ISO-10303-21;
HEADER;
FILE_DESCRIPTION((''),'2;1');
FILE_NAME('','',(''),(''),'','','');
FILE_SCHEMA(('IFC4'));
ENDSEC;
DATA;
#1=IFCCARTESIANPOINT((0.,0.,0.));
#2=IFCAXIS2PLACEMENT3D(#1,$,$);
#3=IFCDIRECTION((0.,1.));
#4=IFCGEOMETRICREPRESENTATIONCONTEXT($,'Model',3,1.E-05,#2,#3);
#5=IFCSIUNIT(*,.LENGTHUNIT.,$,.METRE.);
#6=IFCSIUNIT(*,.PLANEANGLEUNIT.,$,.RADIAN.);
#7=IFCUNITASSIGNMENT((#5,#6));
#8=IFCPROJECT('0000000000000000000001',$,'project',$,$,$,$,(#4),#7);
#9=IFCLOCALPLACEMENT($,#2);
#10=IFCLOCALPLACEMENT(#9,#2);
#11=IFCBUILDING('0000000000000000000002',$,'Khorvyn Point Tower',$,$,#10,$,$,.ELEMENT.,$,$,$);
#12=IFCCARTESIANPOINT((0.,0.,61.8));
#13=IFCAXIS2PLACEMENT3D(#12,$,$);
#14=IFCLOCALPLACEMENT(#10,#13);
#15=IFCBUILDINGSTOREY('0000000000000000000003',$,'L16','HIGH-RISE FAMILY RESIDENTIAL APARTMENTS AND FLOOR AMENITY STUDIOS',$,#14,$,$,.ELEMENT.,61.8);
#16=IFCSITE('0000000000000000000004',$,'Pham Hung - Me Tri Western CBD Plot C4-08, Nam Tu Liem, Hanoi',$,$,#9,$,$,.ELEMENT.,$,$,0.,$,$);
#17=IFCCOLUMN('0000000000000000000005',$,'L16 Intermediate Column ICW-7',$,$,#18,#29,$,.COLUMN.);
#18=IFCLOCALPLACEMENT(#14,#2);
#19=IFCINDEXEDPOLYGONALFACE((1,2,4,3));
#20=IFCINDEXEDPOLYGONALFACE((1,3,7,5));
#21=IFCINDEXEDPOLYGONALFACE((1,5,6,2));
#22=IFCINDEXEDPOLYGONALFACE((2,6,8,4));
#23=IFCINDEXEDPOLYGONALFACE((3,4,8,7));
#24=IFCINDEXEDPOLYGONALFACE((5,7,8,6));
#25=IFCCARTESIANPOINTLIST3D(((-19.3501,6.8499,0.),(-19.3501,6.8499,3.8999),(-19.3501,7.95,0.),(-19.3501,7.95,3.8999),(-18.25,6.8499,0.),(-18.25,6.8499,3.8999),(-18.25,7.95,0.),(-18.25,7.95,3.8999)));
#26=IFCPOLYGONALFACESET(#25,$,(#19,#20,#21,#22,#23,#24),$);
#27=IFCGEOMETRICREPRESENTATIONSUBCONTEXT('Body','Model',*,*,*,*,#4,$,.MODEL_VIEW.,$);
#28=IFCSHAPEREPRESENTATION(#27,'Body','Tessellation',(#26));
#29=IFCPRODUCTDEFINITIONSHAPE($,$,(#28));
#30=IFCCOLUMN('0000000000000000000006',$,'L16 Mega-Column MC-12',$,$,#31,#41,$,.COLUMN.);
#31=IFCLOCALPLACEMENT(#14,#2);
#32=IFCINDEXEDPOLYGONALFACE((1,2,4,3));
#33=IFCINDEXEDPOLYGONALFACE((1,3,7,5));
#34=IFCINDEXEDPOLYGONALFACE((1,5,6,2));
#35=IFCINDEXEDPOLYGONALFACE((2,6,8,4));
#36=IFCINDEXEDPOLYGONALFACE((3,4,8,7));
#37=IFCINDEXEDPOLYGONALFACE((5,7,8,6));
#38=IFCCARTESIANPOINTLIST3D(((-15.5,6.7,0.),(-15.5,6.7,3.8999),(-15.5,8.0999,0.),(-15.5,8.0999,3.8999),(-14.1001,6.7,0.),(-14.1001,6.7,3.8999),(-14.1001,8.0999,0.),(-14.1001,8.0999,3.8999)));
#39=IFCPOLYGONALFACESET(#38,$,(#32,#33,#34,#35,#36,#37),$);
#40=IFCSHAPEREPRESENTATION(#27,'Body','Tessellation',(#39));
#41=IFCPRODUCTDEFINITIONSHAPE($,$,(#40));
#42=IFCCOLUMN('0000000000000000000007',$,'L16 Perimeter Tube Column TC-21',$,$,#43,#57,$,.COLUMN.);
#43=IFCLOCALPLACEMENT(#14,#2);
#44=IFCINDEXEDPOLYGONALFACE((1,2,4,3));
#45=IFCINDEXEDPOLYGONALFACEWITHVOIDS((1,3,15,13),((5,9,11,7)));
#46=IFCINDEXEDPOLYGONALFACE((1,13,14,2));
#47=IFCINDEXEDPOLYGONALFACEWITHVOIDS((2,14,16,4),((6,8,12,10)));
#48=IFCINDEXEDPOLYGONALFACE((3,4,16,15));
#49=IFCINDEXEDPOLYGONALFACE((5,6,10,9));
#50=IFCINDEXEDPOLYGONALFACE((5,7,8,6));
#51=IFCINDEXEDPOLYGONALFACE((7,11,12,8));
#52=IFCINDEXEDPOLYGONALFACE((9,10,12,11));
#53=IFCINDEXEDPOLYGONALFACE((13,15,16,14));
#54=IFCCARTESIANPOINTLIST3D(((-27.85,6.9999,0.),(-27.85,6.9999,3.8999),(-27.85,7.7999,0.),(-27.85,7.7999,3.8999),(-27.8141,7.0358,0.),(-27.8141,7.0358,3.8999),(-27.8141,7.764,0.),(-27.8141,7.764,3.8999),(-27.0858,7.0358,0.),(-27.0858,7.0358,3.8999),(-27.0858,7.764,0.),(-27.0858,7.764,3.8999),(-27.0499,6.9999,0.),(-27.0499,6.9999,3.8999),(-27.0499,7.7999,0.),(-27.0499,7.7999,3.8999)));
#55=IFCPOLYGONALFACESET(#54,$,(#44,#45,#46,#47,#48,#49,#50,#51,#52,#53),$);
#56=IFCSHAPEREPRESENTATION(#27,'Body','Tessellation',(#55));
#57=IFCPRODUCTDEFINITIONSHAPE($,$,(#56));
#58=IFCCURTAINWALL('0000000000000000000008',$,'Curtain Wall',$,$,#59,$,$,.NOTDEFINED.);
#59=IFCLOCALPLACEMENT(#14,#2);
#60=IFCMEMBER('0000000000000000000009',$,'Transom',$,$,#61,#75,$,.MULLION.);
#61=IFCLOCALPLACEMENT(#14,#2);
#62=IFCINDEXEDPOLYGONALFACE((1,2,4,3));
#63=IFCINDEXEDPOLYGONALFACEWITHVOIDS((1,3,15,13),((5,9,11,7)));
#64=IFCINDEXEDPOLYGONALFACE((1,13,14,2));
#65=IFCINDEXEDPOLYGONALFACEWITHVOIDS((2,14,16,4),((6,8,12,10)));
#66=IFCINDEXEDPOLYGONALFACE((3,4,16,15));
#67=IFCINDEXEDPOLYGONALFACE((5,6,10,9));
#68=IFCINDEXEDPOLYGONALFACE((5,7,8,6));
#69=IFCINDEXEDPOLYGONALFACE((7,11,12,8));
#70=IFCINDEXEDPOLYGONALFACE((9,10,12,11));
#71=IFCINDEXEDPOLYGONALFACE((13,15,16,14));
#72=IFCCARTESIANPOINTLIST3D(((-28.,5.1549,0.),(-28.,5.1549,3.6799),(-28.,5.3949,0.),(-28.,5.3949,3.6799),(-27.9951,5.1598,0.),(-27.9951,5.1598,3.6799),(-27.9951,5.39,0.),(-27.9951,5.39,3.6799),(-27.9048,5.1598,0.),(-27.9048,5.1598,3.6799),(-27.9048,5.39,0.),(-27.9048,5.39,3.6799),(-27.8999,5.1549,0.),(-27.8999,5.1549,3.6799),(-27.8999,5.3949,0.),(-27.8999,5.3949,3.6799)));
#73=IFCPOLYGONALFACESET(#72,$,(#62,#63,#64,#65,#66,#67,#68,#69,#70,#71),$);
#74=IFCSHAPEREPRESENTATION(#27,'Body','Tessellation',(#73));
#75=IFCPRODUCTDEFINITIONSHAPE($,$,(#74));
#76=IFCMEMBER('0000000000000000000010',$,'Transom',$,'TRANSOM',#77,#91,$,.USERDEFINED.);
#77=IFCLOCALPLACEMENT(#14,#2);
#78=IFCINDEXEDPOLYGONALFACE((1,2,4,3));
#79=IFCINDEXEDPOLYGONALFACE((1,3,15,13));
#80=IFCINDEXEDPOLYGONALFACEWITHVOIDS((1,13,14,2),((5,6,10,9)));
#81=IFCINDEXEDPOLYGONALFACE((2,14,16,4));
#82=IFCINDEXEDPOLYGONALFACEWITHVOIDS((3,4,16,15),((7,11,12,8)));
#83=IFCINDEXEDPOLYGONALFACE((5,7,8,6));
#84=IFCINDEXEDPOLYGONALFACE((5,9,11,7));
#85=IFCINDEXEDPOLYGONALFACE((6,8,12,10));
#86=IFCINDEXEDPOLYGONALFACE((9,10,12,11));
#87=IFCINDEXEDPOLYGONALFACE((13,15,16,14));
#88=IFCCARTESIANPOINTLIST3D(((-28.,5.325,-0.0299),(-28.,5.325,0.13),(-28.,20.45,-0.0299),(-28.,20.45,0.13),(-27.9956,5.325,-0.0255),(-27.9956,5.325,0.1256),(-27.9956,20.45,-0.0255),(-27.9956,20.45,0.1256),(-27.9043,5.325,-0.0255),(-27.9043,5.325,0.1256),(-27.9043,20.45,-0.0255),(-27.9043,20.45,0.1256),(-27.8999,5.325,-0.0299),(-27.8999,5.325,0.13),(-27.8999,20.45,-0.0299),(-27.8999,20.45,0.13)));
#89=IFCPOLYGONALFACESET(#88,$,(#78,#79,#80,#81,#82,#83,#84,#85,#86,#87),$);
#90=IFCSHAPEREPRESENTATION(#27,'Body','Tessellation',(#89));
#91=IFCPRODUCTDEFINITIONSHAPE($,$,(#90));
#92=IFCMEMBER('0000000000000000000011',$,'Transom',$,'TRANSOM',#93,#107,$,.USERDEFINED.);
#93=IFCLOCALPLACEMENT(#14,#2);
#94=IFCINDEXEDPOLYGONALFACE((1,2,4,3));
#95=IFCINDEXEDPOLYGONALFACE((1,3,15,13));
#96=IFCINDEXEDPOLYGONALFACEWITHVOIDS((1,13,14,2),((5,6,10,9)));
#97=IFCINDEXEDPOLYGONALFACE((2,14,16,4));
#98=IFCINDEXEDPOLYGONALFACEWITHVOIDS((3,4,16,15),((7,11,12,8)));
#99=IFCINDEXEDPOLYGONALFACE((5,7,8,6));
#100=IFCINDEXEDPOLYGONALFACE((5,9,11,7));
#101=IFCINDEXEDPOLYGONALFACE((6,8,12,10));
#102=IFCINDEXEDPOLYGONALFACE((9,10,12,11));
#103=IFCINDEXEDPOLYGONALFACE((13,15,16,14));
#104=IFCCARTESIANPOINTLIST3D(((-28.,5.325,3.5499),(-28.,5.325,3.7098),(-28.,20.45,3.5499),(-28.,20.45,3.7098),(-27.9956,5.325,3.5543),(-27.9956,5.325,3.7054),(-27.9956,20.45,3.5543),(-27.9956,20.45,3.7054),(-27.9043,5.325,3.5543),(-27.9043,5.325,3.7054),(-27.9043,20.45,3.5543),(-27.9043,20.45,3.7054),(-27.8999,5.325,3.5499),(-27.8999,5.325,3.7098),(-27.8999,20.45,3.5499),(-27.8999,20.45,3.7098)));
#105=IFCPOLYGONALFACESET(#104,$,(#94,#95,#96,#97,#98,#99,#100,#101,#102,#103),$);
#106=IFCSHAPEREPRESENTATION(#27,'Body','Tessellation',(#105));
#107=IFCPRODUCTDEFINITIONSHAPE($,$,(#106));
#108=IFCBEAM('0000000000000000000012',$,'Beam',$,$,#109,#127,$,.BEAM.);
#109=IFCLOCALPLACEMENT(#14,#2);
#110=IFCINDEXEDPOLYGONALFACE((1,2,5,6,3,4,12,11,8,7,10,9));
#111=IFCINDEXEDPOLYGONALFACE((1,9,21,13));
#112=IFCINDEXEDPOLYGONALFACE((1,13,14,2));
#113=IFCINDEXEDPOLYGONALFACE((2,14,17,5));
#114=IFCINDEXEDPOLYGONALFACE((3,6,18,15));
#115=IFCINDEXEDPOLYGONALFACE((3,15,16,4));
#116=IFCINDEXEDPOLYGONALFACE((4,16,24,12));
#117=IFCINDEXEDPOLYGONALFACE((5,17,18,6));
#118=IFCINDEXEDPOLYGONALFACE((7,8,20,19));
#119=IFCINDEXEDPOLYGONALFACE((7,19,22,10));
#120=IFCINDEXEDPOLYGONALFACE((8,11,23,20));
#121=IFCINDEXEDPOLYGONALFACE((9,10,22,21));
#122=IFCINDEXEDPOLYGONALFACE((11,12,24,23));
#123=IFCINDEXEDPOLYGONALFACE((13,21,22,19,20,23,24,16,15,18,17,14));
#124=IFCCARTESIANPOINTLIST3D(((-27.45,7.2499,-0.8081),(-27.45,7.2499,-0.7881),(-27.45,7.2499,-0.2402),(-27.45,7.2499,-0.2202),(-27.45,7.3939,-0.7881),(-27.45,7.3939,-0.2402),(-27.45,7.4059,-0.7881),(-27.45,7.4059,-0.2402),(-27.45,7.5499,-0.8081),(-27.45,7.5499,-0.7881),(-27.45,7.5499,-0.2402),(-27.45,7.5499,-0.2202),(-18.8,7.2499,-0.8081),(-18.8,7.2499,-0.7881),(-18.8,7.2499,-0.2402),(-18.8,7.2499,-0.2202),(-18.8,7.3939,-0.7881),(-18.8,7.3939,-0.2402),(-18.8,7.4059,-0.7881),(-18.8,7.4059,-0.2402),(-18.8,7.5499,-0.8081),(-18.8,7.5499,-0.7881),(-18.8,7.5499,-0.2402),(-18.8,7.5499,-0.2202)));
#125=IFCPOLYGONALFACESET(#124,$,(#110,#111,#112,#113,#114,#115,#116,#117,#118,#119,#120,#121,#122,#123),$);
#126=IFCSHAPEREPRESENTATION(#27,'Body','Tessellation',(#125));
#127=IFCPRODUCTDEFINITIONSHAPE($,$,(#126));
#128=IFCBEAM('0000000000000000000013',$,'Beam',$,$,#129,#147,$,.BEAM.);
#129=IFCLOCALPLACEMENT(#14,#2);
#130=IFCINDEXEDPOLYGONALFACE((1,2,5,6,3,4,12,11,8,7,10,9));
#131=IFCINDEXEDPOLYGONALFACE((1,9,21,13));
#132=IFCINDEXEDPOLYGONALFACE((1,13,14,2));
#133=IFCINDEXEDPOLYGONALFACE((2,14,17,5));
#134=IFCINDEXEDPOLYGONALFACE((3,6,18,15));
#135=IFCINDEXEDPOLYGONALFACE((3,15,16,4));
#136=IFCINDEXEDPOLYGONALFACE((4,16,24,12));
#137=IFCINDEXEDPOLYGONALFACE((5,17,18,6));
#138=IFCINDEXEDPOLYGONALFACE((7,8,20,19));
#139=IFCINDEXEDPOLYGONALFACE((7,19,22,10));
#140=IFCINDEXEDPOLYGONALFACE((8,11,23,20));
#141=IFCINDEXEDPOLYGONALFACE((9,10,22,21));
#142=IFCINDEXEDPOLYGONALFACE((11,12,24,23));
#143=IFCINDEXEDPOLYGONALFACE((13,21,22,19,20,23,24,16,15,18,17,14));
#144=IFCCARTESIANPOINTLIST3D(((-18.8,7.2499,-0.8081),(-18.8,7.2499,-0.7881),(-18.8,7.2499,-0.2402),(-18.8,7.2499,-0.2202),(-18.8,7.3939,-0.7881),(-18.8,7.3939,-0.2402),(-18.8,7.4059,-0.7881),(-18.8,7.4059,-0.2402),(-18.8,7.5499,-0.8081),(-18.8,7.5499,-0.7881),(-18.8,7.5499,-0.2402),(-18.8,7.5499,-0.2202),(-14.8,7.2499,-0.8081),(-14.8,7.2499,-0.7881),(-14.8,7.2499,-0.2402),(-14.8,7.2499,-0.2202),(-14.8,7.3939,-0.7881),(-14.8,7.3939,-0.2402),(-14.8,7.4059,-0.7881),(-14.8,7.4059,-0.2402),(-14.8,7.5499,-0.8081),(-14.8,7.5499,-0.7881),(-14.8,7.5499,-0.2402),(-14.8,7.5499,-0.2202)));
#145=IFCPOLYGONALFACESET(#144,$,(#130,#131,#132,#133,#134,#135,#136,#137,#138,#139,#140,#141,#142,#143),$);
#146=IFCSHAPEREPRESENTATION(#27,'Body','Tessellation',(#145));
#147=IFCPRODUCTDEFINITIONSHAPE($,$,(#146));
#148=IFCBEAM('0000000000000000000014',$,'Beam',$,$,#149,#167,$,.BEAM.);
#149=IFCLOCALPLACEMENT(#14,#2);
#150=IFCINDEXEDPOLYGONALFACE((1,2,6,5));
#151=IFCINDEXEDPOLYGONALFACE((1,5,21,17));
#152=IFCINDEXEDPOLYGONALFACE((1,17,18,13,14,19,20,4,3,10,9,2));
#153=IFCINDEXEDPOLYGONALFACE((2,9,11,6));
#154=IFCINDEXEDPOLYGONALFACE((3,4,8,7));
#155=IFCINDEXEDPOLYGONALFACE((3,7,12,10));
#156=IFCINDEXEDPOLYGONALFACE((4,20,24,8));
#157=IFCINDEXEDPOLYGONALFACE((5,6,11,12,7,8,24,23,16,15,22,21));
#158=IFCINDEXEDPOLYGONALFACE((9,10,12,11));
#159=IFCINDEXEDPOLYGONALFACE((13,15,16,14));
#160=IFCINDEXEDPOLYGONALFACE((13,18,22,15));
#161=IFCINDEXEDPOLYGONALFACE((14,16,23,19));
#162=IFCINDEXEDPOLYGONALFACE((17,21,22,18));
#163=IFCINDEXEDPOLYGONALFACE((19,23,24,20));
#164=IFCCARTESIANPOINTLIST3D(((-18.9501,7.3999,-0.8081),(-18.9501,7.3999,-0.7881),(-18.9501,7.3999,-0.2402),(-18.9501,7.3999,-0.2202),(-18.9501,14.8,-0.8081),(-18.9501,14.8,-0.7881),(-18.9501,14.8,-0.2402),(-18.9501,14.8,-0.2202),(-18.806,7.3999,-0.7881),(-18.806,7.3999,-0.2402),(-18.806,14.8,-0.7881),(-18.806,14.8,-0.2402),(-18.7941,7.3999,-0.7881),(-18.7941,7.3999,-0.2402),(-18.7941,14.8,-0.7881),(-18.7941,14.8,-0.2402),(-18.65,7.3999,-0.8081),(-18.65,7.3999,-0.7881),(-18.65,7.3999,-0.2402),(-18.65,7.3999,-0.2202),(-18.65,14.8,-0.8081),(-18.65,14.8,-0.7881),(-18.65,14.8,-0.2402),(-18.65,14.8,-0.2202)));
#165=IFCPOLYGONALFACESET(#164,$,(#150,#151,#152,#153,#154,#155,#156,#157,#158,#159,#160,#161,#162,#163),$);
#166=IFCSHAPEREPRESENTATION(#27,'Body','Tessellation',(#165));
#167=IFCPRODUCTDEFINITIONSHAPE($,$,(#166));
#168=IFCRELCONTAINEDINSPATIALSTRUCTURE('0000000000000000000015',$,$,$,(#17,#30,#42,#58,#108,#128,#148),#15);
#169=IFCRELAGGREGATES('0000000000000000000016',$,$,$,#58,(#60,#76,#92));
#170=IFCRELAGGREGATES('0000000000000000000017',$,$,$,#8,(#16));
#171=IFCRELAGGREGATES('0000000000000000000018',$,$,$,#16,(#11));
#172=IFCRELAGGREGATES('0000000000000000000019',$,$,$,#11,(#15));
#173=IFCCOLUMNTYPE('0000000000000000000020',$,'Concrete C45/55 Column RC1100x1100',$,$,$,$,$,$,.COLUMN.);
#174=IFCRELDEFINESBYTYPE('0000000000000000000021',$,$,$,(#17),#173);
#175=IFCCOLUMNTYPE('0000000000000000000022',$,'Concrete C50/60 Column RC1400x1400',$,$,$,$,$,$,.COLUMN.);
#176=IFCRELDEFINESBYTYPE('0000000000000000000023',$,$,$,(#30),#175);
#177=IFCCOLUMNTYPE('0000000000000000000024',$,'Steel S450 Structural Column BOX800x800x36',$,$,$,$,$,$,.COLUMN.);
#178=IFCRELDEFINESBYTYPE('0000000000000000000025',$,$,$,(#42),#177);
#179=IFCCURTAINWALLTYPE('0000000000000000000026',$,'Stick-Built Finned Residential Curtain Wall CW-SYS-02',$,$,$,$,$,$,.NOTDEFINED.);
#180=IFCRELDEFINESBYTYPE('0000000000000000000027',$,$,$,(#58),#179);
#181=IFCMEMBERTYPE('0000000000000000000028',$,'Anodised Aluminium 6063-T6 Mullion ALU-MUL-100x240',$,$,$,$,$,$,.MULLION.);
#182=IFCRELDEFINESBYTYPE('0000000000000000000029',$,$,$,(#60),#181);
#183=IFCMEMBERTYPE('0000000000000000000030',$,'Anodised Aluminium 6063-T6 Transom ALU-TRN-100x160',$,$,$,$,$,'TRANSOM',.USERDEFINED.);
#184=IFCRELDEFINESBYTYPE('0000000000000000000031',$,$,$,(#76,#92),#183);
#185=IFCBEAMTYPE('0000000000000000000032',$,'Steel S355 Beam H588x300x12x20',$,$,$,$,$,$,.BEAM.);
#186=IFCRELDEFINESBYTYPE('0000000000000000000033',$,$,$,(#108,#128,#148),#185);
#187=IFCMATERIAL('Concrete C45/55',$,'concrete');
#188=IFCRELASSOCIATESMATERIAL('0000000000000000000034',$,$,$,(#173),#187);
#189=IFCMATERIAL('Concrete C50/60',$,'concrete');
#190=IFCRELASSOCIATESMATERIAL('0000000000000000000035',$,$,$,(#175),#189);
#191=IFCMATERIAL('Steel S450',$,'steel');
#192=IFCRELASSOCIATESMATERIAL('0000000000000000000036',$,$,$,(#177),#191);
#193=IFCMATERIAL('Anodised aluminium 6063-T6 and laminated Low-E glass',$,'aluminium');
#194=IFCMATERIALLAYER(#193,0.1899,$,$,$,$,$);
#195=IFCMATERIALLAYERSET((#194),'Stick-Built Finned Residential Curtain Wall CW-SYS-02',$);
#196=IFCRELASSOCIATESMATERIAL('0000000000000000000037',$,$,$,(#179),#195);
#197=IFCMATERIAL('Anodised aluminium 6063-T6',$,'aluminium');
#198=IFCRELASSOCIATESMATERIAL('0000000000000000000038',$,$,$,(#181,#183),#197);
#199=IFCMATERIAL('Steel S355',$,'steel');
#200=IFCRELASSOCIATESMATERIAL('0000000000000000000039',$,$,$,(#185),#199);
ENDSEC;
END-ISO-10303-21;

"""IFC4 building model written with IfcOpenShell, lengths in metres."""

from ifc_helpers import new_model, si_unit, direction, frame, origin, origin_2d, place, context, subcontext, project, spatial, rectangle, hollow_rectangle, i_section, extrude, material, layer, layer_set, material_profile, profile_set, type_object, element, aggregate, save


model = new_model("IFC4")

# Units and contexts
model_context = context("Model", 3, precision=1e-05, world=origin(), true_north=direction((0.0, 1.0)))
body_context = subcontext(model_context, "Body", "Model", "MODEL_VIEW")
ifc_project = project(units=[si_unit("LENGTHUNIT", "METRE"), si_unit("PLANEANGLEUNIT", "RADIAN")], contexts=[model_context])

# Site, building, storey
site_placement = place(None, origin())
site = spatial("IfcSite", under=ifc_project, at=site_placement, Name="Pham Hung - Me Tri Western CBD Plot C4-08, Nam Tu Liem, Hanoi", CompositionType="ELEMENT", RefElevation=0.0)
building_placement = place(site_placement, origin())
building = spatial("IfcBuilding", under=site, at=building_placement, Name="Khorvyn Point Tower", CompositionType="ELEMENT")
storey_placement = place(building_placement, frame((0.0, 0.0, 61.8)))
storey = spatial("IfcBuildingStorey", under=building, at=storey_placement, Name="L16", Description="HIGH-RISE FAMILY RESIDENTIAL APARTMENTS AND FLOOR AMENITY STUDIOS", CompositionType="ELEMENT", Elevation=61.8)

# Columns
ifc_material_1 = material(Name="Concrete C45/55", Category="concrete")
ifc_material_profile_1 = material_profile(ifc_material_1, rectangle(XDim=1.1001, YDim=1.1001, at=origin_2d()))
ifc_profile_set_1 = profile_set([ifc_material_profile_1], Name="Concrete C45/55 RC1100x1100")
column_type_1 = type_object("IfcColumnType", Name="Concrete C45/55 Column RC1100x1100", PredefinedType="COLUMN", material=ifc_profile_set_1)
column_1_placement = place(storey_placement, frame((-18.8, 7.3999, 0.0), z_axis=(0.0, 0.0, 1.0), x_axis=(1.0, 0.0, 0.0)))
element("IfcColumn", 1, at=column_1_placement, inside=storey, type_object=column_type_1, Name="L16 Intermediate Column ICW-7", PredefinedType="COLUMN", context=body_context, shape_type="SweptSolid", body=[
    extrude(rectangle(XDim=1.1001, YDim=1.1001, at=origin_2d()), origin(), (0.0, 0.0, 1.0), 3.8999),
])
ifc_material_2 = material(Name="Concrete C50/60", Category="concrete")
ifc_material_profile_2 = material_profile(ifc_material_2, rectangle(XDim=1.3999, YDim=1.3999, at=origin_2d()))
ifc_profile_set_2 = profile_set([ifc_material_profile_2], Name="Concrete C50/60 RC1400x1400")
column_type_2 = type_object("IfcColumnType", Name="Concrete C50/60 Column RC1400x1400", PredefinedType="COLUMN", material=ifc_profile_set_2)
column_2_placement = place(storey_placement, frame((-14.8, 7.3999, 0.0), z_axis=(0.0, 0.0, 1.0), x_axis=(1.0, 0.0, 0.0)))
element("IfcColumn", 2, at=column_2_placement, inside=storey, type_object=column_type_2, Name="L16 Mega-Column MC-12", PredefinedType="COLUMN", context=body_context, shape_type="SweptSolid", body=[
    extrude(rectangle(XDim=1.3999, YDim=1.3999, at=origin_2d()), origin(), (0.0, 0.0, 1.0), 3.8999),
])
ifc_material_3 = material(Name="Steel S450", Category="steel")
ifc_material_profile_3 = material_profile(ifc_material_3, hollow_rectangle(XDim=0.8, YDim=0.8, WallThickness=0.0359, at=origin_2d()))
ifc_profile_set_3 = profile_set([ifc_material_profile_3], Name="Steel S450 BOX800x800x36")
column_type_3 = type_object("IfcColumnType", Name="Steel S450 Structural Column BOX800x800x36", PredefinedType="COLUMN", material=ifc_profile_set_3)
column_3_placement = place(storey_placement, frame((-27.45, 7.3999, 0.0), z_axis=(0.0, 0.0, 1.0), x_axis=(1.0, 0.0, 0.0)))
element("IfcColumn", 3, at=column_3_placement, inside=storey, type_object=column_type_3, Name="L16 Perimeter Tube Column TC-21", PredefinedType="COLUMN", context=body_context, shape_type="SweptSolid", body=[
    extrude(hollow_rectangle(XDim=0.8, YDim=0.8, WallThickness=0.0359, at=origin_2d()), origin(), (0.0, 0.0, 1.0), 3.8999),
])

# Curtain wall, members
ifc_material_4 = material(Name="Anodised aluminium 6063-T6 and laminated Low-E glass", Category="aluminium")
ifc_layer_1 = layer(ifc_material_4, 0.1899)
ifc_layer_set_1 = layer_set([ifc_layer_1], Name="Stick-Built Finned Residential Curtain Wall CW-SYS-02")
curtain_wall_type = type_object("IfcCurtainWallType", Name="Stick-Built Finned Residential Curtain Wall CW-SYS-02", PredefinedType="NOTDEFINED", material=ifc_layer_set_1)
curtain_wall_placement = place(storey_placement, origin())
curtain_wall = element("IfcCurtainWall", 4, at=curtain_wall_placement, inside=storey, type_object=curtain_wall_type, Name="Curtain Wall", PredefinedType="NOTDEFINED")
ifc_material_5 = material(Name="Anodised aluminium 6063-T6", Category="aluminium")
ifc_material_profile_4 = material_profile(ifc_material_5, hollow_rectangle(XDim=0.1001, YDim=0.24, WallThickness=0.0049, at=origin_2d()))
ifc_profile_set_4 = profile_set([ifc_material_profile_4], Name="Anodised aluminium 6063-T6 ALU-MUL-100x240")
member_type_1 = type_object("IfcMemberType", Name="Anodised Aluminium 6063-T6 Mullion ALU-MUL-100x240", PredefinedType="MULLION", material=ifc_profile_set_4)
member_1_placement = place(storey_placement, frame((-27.95, 5.2749, 0.0), z_axis=(0.0, 0.0, 1.0), x_axis=(-1.0, 0.0, 0.0)))
member_1 = element("IfcMember", 5, at=member_1_placement, type_object=member_type_1, Name="Transom", PredefinedType="MULLION", context=body_context, shape_type="SweptSolid", body=[
    extrude(hollow_rectangle(XDim=0.1001, YDim=0.24, WallThickness=0.0049, at=origin_2d()), origin(), (0.0, 0.0, 1.0), 3.6799),
])
ifc_material_profile_5 = material_profile(ifc_material_5, hollow_rectangle(XDim=0.1001, YDim=0.1599, WallThickness=0.0044, at=origin_2d()))
ifc_profile_set_5 = profile_set([ifc_material_profile_5], Name="Anodised aluminium 6063-T6 ALU-TRN-100x160")
member_type_2 = type_object("IfcMemberType", Name="Anodised Aluminium 6063-T6 Transom ALU-TRN-100x160", ElementType="TRANSOM", PredefinedType="USERDEFINED", material=ifc_profile_set_5)
member_2_placement = place(storey_placement, frame((-27.95, 5.325, 0.05), z_axis=(0.0, 1.0, 0.0), x_axis=(-1.0, 0.0, 0.0)))
member_2 = element("IfcMember", 6, at=member_2_placement, type_object=member_type_2, Name="Transom", ObjectType="TRANSOM", PredefinedType="USERDEFINED", context=body_context, shape_type="SweptSolid", body=[
    extrude(hollow_rectangle(XDim=0.1001, YDim=0.1599, WallThickness=0.0044, at=origin_2d()), origin(), (0.0, 0.0, 1.0), 15.125),
])
member_3_placement = place(storey_placement, frame((-27.95, 5.325, 3.6299), z_axis=(0.0, 1.0, 0.0), x_axis=(-1.0, 0.0, 0.0)))
member_3 = element("IfcMember", 7, at=member_3_placement, type_object=member_type_2, Name="Transom", ObjectType="TRANSOM", PredefinedType="USERDEFINED", context=body_context, shape_type="SweptSolid", body=[
    extrude(hollow_rectangle(XDim=0.1001, YDim=0.1599, WallThickness=0.0044, at=origin_2d()), origin(), (0.0, 0.0, 1.0), 15.125),
])

# Beams
ifc_material_6 = material(Name="Steel S355", Category="steel")
ifc_material_profile_6 = material_profile(ifc_material_6, i_section(OverallWidth=0.3, OverallDepth=0.5879, WebThickness=0.012, FlangeThickness=0.02, at=origin_2d()))
ifc_profile_set_6 = profile_set([ifc_material_profile_6], Name="Steel S355 H588x300x12x20")
beam_type_1 = type_object("IfcBeamType", Name="Steel S355 Beam H588x300x12x20", PredefinedType="BEAM", material=ifc_profile_set_6)
beam_1_placement = place(storey_placement, frame((-27.45, 7.3999, -0.5142), z_axis=(1.0, 0.0, 0.0), x_axis=(0.0, 1.0, 0.0)))
element("IfcBeam", 8, at=beam_1_placement, inside=storey, type_object=beam_type_1, Name="Beam", PredefinedType="BEAM", context=body_context, shape_type="SweptSolid", body=[
    extrude(i_section(OverallWidth=0.3, OverallDepth=0.5879, WebThickness=0.012, FlangeThickness=0.02, at=origin_2d()), origin(), (0.0, 0.0, 1.0), 8.6499),
])
beam_2_placement = place(storey_placement, frame((-18.8, 7.3999, -0.5142), z_axis=(1.0, 0.0, 0.0), x_axis=(0.0, 1.0, 0.0)))
element("IfcBeam", 9, at=beam_2_placement, inside=storey, type_object=beam_type_1, Name="Beam", PredefinedType="BEAM", context=body_context, shape_type="SweptSolid", body=[
    extrude(i_section(OverallWidth=0.3, OverallDepth=0.5879, WebThickness=0.012, FlangeThickness=0.02, at=origin_2d()), origin(), (0.0, 0.0, 1.0), 4.0),
])
beam_3_placement = place(storey_placement, frame((-18.8, 7.3999, -0.5142), z_axis=(0.0, 1.0, 0.0), x_axis=(-1.0, 0.0, 0.0)))
element("IfcBeam", 10, at=beam_3_placement, inside=storey, type_object=beam_type_1, Name="Beam", PredefinedType="BEAM", context=body_context, shape_type="SweptSolid", body=[
    extrude(i_section(OverallWidth=0.3, OverallDepth=0.5879, WebThickness=0.012, FlangeThickness=0.02, at=origin_2d()), origin(), (0.0, 0.0, 1.0), 7.4001),
])

aggregate(curtain_wall, [member_1, member_2, member_3])

save(model, "model.ifc")
